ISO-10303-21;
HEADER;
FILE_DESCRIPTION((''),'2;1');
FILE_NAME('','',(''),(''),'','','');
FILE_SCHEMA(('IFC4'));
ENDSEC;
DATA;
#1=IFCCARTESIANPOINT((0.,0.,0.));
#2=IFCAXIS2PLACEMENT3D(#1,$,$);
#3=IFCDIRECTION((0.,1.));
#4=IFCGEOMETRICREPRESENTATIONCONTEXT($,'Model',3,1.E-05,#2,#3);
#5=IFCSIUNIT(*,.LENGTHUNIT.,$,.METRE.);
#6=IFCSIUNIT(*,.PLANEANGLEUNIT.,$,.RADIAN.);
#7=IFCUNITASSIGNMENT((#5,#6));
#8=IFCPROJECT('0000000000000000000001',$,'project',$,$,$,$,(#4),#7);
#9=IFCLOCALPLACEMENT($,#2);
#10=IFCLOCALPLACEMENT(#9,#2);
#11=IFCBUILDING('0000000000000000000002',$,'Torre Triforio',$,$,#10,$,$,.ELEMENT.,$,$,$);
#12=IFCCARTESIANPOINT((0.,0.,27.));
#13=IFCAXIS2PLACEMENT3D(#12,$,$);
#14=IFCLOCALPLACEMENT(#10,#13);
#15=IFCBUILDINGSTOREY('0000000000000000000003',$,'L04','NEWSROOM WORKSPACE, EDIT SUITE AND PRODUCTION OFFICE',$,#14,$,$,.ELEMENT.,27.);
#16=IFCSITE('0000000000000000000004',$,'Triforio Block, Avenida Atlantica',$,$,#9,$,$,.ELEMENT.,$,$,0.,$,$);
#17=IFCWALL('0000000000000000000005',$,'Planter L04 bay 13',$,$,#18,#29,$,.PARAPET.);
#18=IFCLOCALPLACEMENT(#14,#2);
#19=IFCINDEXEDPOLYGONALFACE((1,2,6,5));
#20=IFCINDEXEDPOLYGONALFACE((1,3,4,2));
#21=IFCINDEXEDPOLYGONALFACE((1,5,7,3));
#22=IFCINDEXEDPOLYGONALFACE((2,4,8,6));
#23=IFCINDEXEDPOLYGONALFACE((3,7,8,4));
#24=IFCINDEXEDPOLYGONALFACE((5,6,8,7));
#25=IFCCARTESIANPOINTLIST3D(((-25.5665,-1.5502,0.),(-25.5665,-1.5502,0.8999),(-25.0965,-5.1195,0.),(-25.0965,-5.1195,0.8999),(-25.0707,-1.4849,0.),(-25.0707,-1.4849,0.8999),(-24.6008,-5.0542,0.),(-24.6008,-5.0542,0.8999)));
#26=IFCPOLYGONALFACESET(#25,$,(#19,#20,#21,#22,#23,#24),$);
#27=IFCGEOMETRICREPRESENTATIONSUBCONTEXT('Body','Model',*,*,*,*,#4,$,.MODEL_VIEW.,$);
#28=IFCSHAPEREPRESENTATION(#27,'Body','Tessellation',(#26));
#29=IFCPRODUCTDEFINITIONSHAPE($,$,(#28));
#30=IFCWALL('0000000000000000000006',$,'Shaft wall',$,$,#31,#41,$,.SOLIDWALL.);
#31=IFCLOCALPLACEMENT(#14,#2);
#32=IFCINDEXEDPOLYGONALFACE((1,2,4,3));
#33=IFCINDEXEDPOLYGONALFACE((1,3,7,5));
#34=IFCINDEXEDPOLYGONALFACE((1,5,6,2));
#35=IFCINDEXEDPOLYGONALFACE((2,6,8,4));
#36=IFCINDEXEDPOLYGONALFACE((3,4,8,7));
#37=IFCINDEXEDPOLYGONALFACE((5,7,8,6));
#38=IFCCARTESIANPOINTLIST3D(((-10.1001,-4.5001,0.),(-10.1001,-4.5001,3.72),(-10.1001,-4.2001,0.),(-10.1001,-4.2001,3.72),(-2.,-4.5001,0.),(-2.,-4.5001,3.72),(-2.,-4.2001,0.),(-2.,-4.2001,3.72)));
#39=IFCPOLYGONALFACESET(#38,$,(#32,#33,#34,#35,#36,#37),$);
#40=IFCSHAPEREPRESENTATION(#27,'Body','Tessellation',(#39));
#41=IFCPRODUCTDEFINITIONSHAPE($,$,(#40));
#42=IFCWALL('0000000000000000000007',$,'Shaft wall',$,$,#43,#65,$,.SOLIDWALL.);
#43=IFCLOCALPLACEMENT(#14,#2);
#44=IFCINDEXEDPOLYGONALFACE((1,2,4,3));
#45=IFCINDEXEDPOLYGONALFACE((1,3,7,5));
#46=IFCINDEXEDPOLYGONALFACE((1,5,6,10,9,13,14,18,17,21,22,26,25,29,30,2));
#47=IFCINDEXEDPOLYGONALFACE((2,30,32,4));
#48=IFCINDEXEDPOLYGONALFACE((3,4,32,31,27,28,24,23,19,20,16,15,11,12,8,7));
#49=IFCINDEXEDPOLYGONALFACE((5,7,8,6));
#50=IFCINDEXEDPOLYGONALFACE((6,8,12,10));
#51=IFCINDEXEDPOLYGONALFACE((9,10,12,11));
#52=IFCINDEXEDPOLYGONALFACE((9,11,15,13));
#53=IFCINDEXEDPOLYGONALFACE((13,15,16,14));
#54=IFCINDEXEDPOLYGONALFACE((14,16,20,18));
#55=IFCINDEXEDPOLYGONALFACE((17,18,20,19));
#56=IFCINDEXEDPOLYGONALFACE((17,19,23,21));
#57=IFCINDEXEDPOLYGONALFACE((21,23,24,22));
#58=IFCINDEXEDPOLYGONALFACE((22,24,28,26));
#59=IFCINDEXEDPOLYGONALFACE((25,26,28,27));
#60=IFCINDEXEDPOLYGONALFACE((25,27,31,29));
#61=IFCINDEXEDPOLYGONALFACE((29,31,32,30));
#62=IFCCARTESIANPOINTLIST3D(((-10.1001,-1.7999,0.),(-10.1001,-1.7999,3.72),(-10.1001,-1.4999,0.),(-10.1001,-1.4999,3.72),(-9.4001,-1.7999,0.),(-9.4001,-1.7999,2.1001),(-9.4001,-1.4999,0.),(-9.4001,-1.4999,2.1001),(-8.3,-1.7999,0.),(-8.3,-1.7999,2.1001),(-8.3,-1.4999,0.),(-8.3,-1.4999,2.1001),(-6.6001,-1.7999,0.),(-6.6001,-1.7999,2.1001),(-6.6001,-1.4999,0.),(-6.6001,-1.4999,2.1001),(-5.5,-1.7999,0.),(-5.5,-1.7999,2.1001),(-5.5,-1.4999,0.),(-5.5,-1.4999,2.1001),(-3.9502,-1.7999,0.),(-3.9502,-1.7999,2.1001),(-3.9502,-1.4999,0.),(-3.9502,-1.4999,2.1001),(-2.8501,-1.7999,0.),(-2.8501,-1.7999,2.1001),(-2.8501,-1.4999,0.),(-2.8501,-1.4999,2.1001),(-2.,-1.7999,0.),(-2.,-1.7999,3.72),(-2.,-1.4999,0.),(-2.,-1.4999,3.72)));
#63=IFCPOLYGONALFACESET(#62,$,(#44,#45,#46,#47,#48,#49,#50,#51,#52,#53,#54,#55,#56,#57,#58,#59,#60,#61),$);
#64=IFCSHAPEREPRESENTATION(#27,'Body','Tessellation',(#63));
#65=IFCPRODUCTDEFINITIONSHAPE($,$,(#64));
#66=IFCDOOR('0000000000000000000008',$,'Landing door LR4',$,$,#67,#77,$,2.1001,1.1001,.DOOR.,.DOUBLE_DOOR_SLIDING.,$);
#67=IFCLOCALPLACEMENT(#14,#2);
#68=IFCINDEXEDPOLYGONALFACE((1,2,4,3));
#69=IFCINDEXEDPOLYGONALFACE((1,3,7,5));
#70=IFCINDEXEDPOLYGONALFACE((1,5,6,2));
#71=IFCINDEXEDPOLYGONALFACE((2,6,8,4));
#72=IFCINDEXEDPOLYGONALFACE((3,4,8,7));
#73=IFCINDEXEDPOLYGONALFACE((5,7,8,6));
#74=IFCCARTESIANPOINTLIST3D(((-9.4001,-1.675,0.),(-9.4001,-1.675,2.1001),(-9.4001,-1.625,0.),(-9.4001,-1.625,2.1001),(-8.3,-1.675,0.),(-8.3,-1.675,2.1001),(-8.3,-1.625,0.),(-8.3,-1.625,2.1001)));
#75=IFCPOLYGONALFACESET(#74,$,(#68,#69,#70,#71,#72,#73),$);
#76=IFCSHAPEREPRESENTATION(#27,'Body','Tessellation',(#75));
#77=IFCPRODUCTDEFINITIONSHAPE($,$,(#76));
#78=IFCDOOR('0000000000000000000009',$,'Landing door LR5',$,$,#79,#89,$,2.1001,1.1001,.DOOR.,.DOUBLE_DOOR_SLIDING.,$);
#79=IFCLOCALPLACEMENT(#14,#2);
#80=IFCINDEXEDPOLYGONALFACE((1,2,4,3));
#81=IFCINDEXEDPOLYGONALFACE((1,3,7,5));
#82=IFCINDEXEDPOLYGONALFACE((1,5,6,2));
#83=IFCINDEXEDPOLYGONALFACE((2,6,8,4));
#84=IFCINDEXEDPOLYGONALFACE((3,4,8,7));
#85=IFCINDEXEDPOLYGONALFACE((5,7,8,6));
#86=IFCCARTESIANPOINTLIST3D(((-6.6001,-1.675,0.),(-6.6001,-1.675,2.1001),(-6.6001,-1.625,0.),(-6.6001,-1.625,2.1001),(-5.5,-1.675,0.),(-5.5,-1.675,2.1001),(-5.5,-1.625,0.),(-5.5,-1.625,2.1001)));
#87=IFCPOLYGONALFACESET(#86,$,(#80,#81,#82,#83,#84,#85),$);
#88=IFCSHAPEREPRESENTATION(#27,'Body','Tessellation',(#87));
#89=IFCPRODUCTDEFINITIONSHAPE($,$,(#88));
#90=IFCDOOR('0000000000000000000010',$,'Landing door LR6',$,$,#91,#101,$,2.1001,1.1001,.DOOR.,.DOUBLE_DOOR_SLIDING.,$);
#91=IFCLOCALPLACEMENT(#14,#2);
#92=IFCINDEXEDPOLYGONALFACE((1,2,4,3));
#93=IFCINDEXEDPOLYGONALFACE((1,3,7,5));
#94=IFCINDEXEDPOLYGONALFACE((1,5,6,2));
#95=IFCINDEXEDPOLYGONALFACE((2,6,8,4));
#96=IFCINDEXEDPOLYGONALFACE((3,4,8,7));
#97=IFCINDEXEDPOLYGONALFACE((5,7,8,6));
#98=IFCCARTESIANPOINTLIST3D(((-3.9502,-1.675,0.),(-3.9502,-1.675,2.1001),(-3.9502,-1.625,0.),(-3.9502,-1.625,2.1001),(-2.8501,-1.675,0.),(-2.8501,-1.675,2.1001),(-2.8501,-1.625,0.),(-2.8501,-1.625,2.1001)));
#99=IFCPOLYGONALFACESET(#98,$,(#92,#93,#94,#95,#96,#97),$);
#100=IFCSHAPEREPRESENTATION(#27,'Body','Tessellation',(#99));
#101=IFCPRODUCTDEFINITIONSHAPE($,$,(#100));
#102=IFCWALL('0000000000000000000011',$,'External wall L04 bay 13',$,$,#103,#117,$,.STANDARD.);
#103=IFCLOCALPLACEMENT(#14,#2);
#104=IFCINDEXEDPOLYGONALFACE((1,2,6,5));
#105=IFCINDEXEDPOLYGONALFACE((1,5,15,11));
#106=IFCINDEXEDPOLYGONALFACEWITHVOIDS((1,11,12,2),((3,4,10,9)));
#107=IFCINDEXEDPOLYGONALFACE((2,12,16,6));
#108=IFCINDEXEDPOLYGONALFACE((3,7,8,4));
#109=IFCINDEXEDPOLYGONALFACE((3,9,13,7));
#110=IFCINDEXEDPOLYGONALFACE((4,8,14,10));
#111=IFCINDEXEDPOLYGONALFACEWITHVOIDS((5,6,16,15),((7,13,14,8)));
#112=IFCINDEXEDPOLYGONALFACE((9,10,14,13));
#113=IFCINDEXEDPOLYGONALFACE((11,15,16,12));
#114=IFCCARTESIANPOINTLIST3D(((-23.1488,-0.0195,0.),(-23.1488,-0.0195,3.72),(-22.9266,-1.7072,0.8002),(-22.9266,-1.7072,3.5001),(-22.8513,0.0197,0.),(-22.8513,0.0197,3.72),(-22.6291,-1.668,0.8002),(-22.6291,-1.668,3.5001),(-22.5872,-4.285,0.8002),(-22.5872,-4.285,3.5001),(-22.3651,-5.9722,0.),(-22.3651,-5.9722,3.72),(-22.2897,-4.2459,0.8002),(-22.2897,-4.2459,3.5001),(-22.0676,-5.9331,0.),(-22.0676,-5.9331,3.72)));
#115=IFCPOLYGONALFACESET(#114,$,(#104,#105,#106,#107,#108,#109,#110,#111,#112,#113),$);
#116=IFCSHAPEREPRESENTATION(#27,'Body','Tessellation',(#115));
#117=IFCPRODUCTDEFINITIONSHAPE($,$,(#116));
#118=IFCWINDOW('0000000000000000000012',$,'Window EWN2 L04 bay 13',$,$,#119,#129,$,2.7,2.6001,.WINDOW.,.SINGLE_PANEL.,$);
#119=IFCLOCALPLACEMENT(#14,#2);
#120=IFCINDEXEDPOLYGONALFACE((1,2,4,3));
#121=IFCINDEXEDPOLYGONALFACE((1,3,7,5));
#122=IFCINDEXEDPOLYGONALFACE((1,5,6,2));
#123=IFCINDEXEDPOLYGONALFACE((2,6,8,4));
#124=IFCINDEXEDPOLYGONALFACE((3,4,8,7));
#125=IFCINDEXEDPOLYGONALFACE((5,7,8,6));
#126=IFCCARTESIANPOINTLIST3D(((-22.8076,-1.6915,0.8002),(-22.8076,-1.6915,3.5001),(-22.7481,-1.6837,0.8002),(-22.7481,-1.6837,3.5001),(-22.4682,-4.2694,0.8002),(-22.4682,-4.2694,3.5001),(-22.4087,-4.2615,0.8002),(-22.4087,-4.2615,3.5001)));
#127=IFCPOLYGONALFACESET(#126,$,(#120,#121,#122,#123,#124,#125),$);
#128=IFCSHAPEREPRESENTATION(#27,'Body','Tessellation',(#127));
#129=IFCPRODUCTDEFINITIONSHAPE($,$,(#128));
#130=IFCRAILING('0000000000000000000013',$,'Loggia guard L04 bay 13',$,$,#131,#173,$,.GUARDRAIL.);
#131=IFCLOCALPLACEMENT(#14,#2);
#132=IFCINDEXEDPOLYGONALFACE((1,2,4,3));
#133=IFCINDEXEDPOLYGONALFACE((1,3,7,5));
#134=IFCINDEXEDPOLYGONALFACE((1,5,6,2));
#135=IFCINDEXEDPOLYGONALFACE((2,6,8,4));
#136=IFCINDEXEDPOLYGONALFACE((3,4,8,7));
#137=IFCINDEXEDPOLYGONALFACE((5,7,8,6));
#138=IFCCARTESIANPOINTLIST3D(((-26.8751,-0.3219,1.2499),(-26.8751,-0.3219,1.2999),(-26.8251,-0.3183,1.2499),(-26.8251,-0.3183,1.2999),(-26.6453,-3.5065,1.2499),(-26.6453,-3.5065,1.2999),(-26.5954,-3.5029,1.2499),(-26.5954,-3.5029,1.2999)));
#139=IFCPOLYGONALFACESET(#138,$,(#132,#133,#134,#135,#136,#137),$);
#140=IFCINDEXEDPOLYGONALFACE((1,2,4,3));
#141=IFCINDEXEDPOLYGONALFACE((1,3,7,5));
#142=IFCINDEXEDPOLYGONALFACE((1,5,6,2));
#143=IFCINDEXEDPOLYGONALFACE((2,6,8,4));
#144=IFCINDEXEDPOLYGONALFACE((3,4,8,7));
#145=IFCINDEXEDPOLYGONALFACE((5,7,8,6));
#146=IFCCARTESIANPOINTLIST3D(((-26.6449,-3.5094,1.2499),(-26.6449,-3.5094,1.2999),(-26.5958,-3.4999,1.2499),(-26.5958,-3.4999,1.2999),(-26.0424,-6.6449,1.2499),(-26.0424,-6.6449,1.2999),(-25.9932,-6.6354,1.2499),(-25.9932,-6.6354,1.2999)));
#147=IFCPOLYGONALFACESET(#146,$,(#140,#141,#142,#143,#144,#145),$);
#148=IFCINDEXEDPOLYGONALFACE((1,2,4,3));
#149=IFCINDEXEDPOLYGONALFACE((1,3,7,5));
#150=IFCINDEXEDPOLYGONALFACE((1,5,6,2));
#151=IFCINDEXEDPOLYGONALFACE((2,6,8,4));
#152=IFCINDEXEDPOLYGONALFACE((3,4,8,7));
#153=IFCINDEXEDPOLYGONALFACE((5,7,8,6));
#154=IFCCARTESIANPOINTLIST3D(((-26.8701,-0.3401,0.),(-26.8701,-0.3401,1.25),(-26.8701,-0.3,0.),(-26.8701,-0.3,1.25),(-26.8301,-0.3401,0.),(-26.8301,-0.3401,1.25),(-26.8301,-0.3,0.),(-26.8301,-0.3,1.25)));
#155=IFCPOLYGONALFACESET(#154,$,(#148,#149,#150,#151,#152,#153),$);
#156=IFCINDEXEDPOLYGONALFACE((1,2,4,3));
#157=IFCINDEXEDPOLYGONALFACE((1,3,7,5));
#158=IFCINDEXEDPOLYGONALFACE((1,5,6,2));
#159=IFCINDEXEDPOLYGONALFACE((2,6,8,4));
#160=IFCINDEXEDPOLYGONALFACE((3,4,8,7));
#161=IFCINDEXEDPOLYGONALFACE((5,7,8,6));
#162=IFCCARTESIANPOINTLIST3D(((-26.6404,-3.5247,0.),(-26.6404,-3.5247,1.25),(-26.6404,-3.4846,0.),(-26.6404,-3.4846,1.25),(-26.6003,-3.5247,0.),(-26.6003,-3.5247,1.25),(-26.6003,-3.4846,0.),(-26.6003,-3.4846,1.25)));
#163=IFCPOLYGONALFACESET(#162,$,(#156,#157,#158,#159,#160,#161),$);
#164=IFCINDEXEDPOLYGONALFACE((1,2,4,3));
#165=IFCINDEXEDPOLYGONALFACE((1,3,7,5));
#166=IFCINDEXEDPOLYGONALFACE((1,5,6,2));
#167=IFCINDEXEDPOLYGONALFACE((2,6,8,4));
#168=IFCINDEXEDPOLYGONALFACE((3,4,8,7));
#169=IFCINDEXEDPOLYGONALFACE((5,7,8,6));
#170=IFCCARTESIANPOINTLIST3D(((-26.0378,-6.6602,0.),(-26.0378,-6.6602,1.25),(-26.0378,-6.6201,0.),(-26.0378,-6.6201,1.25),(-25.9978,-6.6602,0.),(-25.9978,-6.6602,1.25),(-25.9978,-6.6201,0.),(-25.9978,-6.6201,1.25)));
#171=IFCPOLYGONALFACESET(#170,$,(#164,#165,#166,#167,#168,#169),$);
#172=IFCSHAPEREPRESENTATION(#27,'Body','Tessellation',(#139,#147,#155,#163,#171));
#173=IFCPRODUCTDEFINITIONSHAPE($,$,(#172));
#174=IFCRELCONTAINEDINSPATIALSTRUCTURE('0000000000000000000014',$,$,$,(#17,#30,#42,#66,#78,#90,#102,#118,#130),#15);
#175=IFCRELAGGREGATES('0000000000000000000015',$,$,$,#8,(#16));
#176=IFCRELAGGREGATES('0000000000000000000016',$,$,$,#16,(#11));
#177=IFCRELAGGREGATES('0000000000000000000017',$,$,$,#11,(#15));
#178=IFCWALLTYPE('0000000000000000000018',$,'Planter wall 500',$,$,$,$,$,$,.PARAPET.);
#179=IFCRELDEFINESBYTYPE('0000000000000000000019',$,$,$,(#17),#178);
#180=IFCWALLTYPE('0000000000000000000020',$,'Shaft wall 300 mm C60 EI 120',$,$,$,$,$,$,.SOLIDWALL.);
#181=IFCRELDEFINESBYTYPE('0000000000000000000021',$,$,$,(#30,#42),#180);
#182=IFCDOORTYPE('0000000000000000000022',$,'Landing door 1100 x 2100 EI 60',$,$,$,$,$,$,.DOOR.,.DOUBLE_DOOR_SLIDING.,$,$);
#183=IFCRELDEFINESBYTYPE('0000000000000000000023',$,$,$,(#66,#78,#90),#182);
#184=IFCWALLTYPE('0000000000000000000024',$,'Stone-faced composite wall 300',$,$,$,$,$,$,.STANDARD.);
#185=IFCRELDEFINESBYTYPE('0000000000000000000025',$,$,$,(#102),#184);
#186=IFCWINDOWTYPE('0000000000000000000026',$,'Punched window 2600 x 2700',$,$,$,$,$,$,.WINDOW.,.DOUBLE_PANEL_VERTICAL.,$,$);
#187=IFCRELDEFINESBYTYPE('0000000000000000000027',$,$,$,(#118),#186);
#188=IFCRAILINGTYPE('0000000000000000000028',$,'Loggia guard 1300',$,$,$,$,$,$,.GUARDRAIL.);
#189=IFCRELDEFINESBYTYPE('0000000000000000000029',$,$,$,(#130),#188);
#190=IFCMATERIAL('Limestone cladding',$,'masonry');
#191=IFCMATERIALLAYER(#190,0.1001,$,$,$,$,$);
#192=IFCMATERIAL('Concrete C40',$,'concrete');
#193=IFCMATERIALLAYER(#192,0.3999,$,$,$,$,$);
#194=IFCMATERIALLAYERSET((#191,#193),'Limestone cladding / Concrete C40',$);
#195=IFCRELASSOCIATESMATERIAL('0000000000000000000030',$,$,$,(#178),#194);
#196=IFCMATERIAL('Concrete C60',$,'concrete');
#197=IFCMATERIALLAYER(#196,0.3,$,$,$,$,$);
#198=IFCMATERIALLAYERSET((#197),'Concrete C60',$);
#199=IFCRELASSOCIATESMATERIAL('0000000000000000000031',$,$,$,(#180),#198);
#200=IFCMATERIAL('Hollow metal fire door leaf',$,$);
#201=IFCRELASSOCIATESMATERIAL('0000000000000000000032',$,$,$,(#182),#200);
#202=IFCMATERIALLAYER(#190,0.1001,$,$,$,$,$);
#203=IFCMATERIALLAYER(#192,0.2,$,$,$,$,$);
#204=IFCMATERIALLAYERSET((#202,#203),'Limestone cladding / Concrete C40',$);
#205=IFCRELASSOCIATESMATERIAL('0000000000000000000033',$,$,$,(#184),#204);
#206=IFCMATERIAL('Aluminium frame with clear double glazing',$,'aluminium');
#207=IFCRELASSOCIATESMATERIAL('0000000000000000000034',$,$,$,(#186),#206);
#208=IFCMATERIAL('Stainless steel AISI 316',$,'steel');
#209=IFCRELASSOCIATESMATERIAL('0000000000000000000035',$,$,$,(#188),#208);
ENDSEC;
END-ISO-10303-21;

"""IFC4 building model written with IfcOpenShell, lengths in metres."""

from ifc_helpers import new_model, si_unit, direction, frame, frame_2d, origin, origin_2d, place, context, subcontext, project, spatial, rectangle, extrude, material, layer, layer_set, type_object, element, fill, save


model = new_model("IFC4")

# Units and contexts
model_context = context("Model", 3, precision=1e-05, world=origin(), true_north=direction((0.0, 1.0)))
body_context = subcontext(model_context, "Body", "Model", "MODEL_VIEW")
ifc_project = project(units=[si_unit("LENGTHUNIT", "METRE"), si_unit("PLANEANGLEUNIT", "RADIAN")], contexts=[model_context])

# Site, building, storey
site_placement = place(None, origin())
site = spatial("IfcSite", under=ifc_project, at=site_placement, Name="Triforio Block, Avenida Atlantica", CompositionType="ELEMENT", RefElevation=0.0)
building_placement = place(site_placement, origin())
building = spatial("IfcBuilding", under=site, at=building_placement, Name="Torre Triforio", CompositionType="ELEMENT")
storey_placement = place(building_placement, frame((0.0, 0.0, 27.0)))
storey = spatial("IfcBuildingStorey", under=building, at=storey_placement, Name="L04", Description="NEWSROOM WORKSPACE, EDIT SUITE AND PRODUCTION OFFICE", CompositionType="ELEMENT", Elevation=27.0)

# Shared definitions
ifc_material_1 = material(Name="Concrete C60", Category="concrete")
ifc_material_2 = material(Name="Hollow metal fire door leaf")

# Walls
ifc_material_3 = material(Name="Limestone cladding", Category="masonry")
ifc_layer_1 = layer(ifc_material_3, 0.1001)
ifc_material_4 = material(Name="Concrete C40", Category="concrete")
ifc_layer_2 = layer(ifc_material_4, 0.3999)
ifc_layer_set_1 = layer_set([ifc_layer_1, ifc_layer_2], Name="Limestone cladding / Concrete C40")
wall_type_1 = type_object("IfcWallType", Name="Planter wall 500", PredefinedType="PARAPET", material=ifc_layer_set_1)
wall_1_placement = place(storey_placement, frame((-25.3186, -1.5176, 0.0), z_axis=(0.0, 0.0, 1.0), x_axis=(0.130542, -0.991443, 0.0)))
element("IfcWall", 1, at=wall_1_placement, inside=storey, type_object=wall_type_1, Name="Planter L04 bay 13", PredefinedType="PARAPET", context=body_context, shape_type="SweptSolid", body=[
    extrude(rectangle(XDim=3.6001, YDim=0.5, at=frame_2d((1.8, 0.0))), origin(), (0.0, 0.0, 1.0), 0.8999),
])
ifc_layer_3 = layer(ifc_material_1, 0.3)
ifc_layer_set_2 = layer_set([ifc_layer_3], Name="Concrete C60")
wall_type_2 = type_object("IfcWallType", Name="Shaft wall 300 mm C60 EI 120", PredefinedType="SOLIDWALL", material=ifc_layer_set_2)
wall_2_placement = place(storey_placement, frame((-10.1001, -4.3501, 0.0), z_axis=(0.0, 0.0, 1.0), x_axis=(1.0, 0.0, 0.0)))
element("IfcWall", 2, at=wall_2_placement, inside=storey, type_object=wall_type_2, Name="Shaft wall", PredefinedType="SOLIDWALL", context=body_context, shape_type="SweptSolid", body=[
    extrude(rectangle(XDim=8.1001, YDim=0.3, at=frame_2d((4.05, 0.0))), origin(), (0.0, 0.0, 1.0), 3.72),
])

# Wall, openings, doors
wall_3_placement = place(storey_placement, frame((-10.1001, -1.6499, 0.0), z_axis=(0.0, 0.0, 1.0), x_axis=(1.0, 0.0, 0.0)))
wall_3 = element("IfcWall", 3, at=wall_3_placement, inside=storey, type_object=wall_type_2, Name="Shaft wall", PredefinedType="SOLIDWALL", context=body_context, shape_type="SweptSolid", body=[
    extrude(rectangle(XDim=8.1001, YDim=0.3, at=frame_2d((4.05, 0.0))), origin(), (0.0, 0.0, 1.0), 3.72),
])
opening_1_placement = place(wall_3_placement, frame((0.7, 0.0, 0.0)))
opening_1 = element("IfcOpeningElement", 4, at=opening_1_placement, cuts=wall_3, PredefinedType="OPENING", context=body_context, shape_type="SweptSolid", body=[
    extrude(rectangle(XDim=1.1001, YDim=2.1001, at=frame_2d((0.55, 1.05))), frame((0.0, 0.1599, 0.0), z_axis=(0.0, -1.0, 0.0), x_axis=(1.0, 0.0, 0.0)), (0.0, 0.0, 1.0), 0.3201),
])
opening_2_placement = place(wall_3_placement, frame((3.5, 0.0, 0.0)))
opening_2 = element("IfcOpeningElement", 5, at=opening_2_placement, cuts=wall_3, PredefinedType="OPENING", context=body_context, shape_type="SweptSolid", body=[
    extrude(rectangle(XDim=1.1001, YDim=2.1001, at=frame_2d((0.55, 1.05))), frame((0.0, 0.1599, 0.0), z_axis=(0.0, -1.0, 0.0), x_axis=(1.0, 0.0, 0.0)), (0.0, 0.0, 1.0), 0.3201),
])
opening_3_placement = place(wall_3_placement, frame((6.1499, 0.0, 0.0)))
opening_3 = element("IfcOpeningElement", 6, at=opening_3_placement, cuts=wall_3, PredefinedType="OPENING", context=body_context, shape_type="SweptSolid", body=[
    extrude(rectangle(XDim=1.1001, YDim=2.1001, at=frame_2d((0.55, 1.05))), frame((0.0, 0.1599, 0.0), z_axis=(0.0, -1.0, 0.0), x_axis=(1.0, 0.0, 0.0)), (0.0, 0.0, 1.0), 0.3201),
])
door_type_1 = type_object("IfcDoorType", Name="Landing door 1100 x 2100 EI 60", OperationType="DOUBLE_DOOR_SLIDING", PredefinedType="DOOR", material=ifc_material_2)
door_1_placement = place(opening_1_placement, origin())
door_1 = element("IfcDoor", 7, at=door_1_placement, inside=storey, type_object=door_type_1, Name="Landing door LR4", OperationType="DOUBLE_DOOR_SLIDING", OverallHeight=2.1001, OverallWidth=1.1001, PredefinedType="DOOR", context=body_context, shape_type="SweptSolid", body=[
    extrude(rectangle(XDim=1.1001, YDim=2.1001, at=frame_2d((0.55, 1.05))), frame((0.0, 0.0249, 0.0), z_axis=(0.0, -1.0, 0.0), x_axis=(1.0, 0.0, 0.0)), (0.0, 0.0, 1.0), 0.05),
])
fill(opening_1, door_1)
door_2_placement = place(opening_2_placement, origin())
door_2 = element("IfcDoor", 8, at=door_2_placement, inside=storey, type_object=door_type_1, Name="Landing door LR5", OperationType="DOUBLE_DOOR_SLIDING", OverallHeight=2.1001, OverallWidth=1.1001, PredefinedType="DOOR", context=body_context, shape_type="SweptSolid", body=[
    extrude(rectangle(XDim=1.1001, YDim=2.1001, at=frame_2d((0.55, 1.05))), frame((0.0, 0.0249, 0.0), z_axis=(0.0, -1.0, 0.0), x_axis=(1.0, 0.0, 0.0)), (0.0, 0.0, 1.0), 0.05),
])
fill(opening_2, door_2)
door_3_placement = place(opening_3_placement, origin())
door_3 = element("IfcDoor", 9, at=door_3_placement, inside=storey, type_object=door_type_1, Name="Landing door LR6", OperationType="DOUBLE_DOOR_SLIDING", OverallHeight=2.1001, OverallWidth=1.1001, PredefinedType="DOOR", context=body_context, shape_type="SweptSolid", body=[
    extrude(rectangle(XDim=1.1001, YDim=2.1001, at=frame_2d((0.55, 1.05))), frame((0.0, 0.0249, 0.0), z_axis=(0.0, -1.0, 0.0), x_axis=(1.0, 0.0, 0.0)), (0.0, 0.0, 1.0), 0.05),
])
fill(opening_3, door_3)

# Wall, opening, window
ifc_layer_4 = layer(ifc_material_3, 0.1001)
ifc_layer_5 = layer(ifc_material_4, 0.2)
ifc_layer_set_3 = layer_set([ifc_layer_4, ifc_layer_5], Name="Limestone cladding / Concrete C40")
wall_type_3 = type_object("IfcWallType", Name="Stone-faced composite wall 300", PredefinedType="STANDARD", material=ifc_layer_set_3)
wall_4_placement = place(storey_placement, frame((-23.0, 0.0, 0.0), z_axis=(0.0, 0.0, 1.0), x_axis=(0.130523, -0.991445, 0.0)))
wall_4 = element("IfcWall", 10, at=wall_4_placement, inside=storey, type_object=wall_type_3, Name="External wall L04 bay 13", PredefinedType="STANDARD", context=body_context, shape_type="SweptSolid", body=[
    extrude(rectangle(XDim=6.0042, YDim=0.3, at=frame_2d((3.002, 0.0))), origin(), (0.0, 0.0, 1.0), 3.72),
])
opening_4_placement = place(wall_4_placement, frame((1.7021, 0.0, 0.8)))
opening_4 = element("IfcOpeningElement", 11, at=opening_4_placement, cuts=wall_4, PredefinedType="OPENING", context=body_context, shape_type="SweptSolid", body=[
    extrude(rectangle(XDim=2.6001, YDim=2.7, at=frame_2d((1.3, 1.3501))), frame((0.0, 0.1599, 0.0), z_axis=(0.0, -1.0, 0.0), x_axis=(1.0, 0.0, 0.0)), (0.0, 0.0, 1.0), 0.3201),
])
ifc_material_5 = material(Name="Aluminium frame with clear double glazing", Category="aluminium")
window_type_1 = type_object("IfcWindowType", Name="Punched window 2600 x 2700", PartitioningType="DOUBLE_PANEL_VERTICAL", PredefinedType="WINDOW", material=ifc_material_5)
window_1_placement = place(opening_4_placement, origin())
window_1 = element("IfcWindow", 12, at=window_1_placement, inside=storey, type_object=window_type_1, Name="Window EWN2 L04 bay 13", OverallHeight=2.7, OverallWidth=2.6001, PartitioningType="SINGLE_PANEL", PredefinedType="WINDOW", context=body_context, shape_type="SweptSolid", body=[
    extrude(rectangle(XDim=2.6001, YDim=2.7, at=frame_2d((1.3, 1.3501))), frame((0.0, 0.03, 0.0), z_axis=(0.0, -1.0, 0.0), x_axis=(1.0, 0.0, 0.0)), (0.0, 0.0, 1.0), 0.0601),
])
fill(opening_4, window_1)

# Railing
ifc_material_6 = material(Name="Stainless steel AISI 316", Category="steel")
railing_type = type_object("IfcRailingType", Name="Loggia guard 1300", PredefinedType="GUARDRAIL", material=ifc_material_6)
railing_placement = place(storey_placement, frame((-26.8501, -0.3201, 0.0)))
element("IfcRailing", 13, at=railing_placement, inside=storey, type_object=railing_type, Name="Loggia guard L04 bay 13", PredefinedType="GUARDRAIL", context=body_context, shape_type="SweptSolid", body=[
    extrude(rectangle(XDim=0.05, YDim=0.05, at=origin_2d()), frame((0.0, 0.0, 1.2749), z_axis=(0.071953, -0.997408, 0.0), x_axis=(0.997408, 0.071953, 0.0)), (0.0, 0.0, 1.0), 3.1929),
    extrude(rectangle(XDim=0.05, YDim=0.05, at=origin_2d()), frame((0.2297, -3.1846, 1.2749), z_axis=(0.188714, -0.982032, 0.0), x_axis=(0.982032, 0.188714, 0.0)), (0.0, 0.0, 1.0), 3.1929),
    extrude(rectangle(XDim=0.04, YDim=0.04, at=origin_2d()), origin(), (0.0, 0.0, 1.0), 1.25),
    extrude(rectangle(XDim=0.04, YDim=0.04, at=origin_2d()), frame((0.2297, -3.1846, 0.0)), (0.0, 0.0, 1.0), 1.25),
    extrude(rectangle(XDim=0.04, YDim=0.04, at=origin_2d()), frame((0.8323, -6.3201, 0.0)), (0.0, 0.0, 1.0), 1.25),
])

save(model, "model.ifc")
